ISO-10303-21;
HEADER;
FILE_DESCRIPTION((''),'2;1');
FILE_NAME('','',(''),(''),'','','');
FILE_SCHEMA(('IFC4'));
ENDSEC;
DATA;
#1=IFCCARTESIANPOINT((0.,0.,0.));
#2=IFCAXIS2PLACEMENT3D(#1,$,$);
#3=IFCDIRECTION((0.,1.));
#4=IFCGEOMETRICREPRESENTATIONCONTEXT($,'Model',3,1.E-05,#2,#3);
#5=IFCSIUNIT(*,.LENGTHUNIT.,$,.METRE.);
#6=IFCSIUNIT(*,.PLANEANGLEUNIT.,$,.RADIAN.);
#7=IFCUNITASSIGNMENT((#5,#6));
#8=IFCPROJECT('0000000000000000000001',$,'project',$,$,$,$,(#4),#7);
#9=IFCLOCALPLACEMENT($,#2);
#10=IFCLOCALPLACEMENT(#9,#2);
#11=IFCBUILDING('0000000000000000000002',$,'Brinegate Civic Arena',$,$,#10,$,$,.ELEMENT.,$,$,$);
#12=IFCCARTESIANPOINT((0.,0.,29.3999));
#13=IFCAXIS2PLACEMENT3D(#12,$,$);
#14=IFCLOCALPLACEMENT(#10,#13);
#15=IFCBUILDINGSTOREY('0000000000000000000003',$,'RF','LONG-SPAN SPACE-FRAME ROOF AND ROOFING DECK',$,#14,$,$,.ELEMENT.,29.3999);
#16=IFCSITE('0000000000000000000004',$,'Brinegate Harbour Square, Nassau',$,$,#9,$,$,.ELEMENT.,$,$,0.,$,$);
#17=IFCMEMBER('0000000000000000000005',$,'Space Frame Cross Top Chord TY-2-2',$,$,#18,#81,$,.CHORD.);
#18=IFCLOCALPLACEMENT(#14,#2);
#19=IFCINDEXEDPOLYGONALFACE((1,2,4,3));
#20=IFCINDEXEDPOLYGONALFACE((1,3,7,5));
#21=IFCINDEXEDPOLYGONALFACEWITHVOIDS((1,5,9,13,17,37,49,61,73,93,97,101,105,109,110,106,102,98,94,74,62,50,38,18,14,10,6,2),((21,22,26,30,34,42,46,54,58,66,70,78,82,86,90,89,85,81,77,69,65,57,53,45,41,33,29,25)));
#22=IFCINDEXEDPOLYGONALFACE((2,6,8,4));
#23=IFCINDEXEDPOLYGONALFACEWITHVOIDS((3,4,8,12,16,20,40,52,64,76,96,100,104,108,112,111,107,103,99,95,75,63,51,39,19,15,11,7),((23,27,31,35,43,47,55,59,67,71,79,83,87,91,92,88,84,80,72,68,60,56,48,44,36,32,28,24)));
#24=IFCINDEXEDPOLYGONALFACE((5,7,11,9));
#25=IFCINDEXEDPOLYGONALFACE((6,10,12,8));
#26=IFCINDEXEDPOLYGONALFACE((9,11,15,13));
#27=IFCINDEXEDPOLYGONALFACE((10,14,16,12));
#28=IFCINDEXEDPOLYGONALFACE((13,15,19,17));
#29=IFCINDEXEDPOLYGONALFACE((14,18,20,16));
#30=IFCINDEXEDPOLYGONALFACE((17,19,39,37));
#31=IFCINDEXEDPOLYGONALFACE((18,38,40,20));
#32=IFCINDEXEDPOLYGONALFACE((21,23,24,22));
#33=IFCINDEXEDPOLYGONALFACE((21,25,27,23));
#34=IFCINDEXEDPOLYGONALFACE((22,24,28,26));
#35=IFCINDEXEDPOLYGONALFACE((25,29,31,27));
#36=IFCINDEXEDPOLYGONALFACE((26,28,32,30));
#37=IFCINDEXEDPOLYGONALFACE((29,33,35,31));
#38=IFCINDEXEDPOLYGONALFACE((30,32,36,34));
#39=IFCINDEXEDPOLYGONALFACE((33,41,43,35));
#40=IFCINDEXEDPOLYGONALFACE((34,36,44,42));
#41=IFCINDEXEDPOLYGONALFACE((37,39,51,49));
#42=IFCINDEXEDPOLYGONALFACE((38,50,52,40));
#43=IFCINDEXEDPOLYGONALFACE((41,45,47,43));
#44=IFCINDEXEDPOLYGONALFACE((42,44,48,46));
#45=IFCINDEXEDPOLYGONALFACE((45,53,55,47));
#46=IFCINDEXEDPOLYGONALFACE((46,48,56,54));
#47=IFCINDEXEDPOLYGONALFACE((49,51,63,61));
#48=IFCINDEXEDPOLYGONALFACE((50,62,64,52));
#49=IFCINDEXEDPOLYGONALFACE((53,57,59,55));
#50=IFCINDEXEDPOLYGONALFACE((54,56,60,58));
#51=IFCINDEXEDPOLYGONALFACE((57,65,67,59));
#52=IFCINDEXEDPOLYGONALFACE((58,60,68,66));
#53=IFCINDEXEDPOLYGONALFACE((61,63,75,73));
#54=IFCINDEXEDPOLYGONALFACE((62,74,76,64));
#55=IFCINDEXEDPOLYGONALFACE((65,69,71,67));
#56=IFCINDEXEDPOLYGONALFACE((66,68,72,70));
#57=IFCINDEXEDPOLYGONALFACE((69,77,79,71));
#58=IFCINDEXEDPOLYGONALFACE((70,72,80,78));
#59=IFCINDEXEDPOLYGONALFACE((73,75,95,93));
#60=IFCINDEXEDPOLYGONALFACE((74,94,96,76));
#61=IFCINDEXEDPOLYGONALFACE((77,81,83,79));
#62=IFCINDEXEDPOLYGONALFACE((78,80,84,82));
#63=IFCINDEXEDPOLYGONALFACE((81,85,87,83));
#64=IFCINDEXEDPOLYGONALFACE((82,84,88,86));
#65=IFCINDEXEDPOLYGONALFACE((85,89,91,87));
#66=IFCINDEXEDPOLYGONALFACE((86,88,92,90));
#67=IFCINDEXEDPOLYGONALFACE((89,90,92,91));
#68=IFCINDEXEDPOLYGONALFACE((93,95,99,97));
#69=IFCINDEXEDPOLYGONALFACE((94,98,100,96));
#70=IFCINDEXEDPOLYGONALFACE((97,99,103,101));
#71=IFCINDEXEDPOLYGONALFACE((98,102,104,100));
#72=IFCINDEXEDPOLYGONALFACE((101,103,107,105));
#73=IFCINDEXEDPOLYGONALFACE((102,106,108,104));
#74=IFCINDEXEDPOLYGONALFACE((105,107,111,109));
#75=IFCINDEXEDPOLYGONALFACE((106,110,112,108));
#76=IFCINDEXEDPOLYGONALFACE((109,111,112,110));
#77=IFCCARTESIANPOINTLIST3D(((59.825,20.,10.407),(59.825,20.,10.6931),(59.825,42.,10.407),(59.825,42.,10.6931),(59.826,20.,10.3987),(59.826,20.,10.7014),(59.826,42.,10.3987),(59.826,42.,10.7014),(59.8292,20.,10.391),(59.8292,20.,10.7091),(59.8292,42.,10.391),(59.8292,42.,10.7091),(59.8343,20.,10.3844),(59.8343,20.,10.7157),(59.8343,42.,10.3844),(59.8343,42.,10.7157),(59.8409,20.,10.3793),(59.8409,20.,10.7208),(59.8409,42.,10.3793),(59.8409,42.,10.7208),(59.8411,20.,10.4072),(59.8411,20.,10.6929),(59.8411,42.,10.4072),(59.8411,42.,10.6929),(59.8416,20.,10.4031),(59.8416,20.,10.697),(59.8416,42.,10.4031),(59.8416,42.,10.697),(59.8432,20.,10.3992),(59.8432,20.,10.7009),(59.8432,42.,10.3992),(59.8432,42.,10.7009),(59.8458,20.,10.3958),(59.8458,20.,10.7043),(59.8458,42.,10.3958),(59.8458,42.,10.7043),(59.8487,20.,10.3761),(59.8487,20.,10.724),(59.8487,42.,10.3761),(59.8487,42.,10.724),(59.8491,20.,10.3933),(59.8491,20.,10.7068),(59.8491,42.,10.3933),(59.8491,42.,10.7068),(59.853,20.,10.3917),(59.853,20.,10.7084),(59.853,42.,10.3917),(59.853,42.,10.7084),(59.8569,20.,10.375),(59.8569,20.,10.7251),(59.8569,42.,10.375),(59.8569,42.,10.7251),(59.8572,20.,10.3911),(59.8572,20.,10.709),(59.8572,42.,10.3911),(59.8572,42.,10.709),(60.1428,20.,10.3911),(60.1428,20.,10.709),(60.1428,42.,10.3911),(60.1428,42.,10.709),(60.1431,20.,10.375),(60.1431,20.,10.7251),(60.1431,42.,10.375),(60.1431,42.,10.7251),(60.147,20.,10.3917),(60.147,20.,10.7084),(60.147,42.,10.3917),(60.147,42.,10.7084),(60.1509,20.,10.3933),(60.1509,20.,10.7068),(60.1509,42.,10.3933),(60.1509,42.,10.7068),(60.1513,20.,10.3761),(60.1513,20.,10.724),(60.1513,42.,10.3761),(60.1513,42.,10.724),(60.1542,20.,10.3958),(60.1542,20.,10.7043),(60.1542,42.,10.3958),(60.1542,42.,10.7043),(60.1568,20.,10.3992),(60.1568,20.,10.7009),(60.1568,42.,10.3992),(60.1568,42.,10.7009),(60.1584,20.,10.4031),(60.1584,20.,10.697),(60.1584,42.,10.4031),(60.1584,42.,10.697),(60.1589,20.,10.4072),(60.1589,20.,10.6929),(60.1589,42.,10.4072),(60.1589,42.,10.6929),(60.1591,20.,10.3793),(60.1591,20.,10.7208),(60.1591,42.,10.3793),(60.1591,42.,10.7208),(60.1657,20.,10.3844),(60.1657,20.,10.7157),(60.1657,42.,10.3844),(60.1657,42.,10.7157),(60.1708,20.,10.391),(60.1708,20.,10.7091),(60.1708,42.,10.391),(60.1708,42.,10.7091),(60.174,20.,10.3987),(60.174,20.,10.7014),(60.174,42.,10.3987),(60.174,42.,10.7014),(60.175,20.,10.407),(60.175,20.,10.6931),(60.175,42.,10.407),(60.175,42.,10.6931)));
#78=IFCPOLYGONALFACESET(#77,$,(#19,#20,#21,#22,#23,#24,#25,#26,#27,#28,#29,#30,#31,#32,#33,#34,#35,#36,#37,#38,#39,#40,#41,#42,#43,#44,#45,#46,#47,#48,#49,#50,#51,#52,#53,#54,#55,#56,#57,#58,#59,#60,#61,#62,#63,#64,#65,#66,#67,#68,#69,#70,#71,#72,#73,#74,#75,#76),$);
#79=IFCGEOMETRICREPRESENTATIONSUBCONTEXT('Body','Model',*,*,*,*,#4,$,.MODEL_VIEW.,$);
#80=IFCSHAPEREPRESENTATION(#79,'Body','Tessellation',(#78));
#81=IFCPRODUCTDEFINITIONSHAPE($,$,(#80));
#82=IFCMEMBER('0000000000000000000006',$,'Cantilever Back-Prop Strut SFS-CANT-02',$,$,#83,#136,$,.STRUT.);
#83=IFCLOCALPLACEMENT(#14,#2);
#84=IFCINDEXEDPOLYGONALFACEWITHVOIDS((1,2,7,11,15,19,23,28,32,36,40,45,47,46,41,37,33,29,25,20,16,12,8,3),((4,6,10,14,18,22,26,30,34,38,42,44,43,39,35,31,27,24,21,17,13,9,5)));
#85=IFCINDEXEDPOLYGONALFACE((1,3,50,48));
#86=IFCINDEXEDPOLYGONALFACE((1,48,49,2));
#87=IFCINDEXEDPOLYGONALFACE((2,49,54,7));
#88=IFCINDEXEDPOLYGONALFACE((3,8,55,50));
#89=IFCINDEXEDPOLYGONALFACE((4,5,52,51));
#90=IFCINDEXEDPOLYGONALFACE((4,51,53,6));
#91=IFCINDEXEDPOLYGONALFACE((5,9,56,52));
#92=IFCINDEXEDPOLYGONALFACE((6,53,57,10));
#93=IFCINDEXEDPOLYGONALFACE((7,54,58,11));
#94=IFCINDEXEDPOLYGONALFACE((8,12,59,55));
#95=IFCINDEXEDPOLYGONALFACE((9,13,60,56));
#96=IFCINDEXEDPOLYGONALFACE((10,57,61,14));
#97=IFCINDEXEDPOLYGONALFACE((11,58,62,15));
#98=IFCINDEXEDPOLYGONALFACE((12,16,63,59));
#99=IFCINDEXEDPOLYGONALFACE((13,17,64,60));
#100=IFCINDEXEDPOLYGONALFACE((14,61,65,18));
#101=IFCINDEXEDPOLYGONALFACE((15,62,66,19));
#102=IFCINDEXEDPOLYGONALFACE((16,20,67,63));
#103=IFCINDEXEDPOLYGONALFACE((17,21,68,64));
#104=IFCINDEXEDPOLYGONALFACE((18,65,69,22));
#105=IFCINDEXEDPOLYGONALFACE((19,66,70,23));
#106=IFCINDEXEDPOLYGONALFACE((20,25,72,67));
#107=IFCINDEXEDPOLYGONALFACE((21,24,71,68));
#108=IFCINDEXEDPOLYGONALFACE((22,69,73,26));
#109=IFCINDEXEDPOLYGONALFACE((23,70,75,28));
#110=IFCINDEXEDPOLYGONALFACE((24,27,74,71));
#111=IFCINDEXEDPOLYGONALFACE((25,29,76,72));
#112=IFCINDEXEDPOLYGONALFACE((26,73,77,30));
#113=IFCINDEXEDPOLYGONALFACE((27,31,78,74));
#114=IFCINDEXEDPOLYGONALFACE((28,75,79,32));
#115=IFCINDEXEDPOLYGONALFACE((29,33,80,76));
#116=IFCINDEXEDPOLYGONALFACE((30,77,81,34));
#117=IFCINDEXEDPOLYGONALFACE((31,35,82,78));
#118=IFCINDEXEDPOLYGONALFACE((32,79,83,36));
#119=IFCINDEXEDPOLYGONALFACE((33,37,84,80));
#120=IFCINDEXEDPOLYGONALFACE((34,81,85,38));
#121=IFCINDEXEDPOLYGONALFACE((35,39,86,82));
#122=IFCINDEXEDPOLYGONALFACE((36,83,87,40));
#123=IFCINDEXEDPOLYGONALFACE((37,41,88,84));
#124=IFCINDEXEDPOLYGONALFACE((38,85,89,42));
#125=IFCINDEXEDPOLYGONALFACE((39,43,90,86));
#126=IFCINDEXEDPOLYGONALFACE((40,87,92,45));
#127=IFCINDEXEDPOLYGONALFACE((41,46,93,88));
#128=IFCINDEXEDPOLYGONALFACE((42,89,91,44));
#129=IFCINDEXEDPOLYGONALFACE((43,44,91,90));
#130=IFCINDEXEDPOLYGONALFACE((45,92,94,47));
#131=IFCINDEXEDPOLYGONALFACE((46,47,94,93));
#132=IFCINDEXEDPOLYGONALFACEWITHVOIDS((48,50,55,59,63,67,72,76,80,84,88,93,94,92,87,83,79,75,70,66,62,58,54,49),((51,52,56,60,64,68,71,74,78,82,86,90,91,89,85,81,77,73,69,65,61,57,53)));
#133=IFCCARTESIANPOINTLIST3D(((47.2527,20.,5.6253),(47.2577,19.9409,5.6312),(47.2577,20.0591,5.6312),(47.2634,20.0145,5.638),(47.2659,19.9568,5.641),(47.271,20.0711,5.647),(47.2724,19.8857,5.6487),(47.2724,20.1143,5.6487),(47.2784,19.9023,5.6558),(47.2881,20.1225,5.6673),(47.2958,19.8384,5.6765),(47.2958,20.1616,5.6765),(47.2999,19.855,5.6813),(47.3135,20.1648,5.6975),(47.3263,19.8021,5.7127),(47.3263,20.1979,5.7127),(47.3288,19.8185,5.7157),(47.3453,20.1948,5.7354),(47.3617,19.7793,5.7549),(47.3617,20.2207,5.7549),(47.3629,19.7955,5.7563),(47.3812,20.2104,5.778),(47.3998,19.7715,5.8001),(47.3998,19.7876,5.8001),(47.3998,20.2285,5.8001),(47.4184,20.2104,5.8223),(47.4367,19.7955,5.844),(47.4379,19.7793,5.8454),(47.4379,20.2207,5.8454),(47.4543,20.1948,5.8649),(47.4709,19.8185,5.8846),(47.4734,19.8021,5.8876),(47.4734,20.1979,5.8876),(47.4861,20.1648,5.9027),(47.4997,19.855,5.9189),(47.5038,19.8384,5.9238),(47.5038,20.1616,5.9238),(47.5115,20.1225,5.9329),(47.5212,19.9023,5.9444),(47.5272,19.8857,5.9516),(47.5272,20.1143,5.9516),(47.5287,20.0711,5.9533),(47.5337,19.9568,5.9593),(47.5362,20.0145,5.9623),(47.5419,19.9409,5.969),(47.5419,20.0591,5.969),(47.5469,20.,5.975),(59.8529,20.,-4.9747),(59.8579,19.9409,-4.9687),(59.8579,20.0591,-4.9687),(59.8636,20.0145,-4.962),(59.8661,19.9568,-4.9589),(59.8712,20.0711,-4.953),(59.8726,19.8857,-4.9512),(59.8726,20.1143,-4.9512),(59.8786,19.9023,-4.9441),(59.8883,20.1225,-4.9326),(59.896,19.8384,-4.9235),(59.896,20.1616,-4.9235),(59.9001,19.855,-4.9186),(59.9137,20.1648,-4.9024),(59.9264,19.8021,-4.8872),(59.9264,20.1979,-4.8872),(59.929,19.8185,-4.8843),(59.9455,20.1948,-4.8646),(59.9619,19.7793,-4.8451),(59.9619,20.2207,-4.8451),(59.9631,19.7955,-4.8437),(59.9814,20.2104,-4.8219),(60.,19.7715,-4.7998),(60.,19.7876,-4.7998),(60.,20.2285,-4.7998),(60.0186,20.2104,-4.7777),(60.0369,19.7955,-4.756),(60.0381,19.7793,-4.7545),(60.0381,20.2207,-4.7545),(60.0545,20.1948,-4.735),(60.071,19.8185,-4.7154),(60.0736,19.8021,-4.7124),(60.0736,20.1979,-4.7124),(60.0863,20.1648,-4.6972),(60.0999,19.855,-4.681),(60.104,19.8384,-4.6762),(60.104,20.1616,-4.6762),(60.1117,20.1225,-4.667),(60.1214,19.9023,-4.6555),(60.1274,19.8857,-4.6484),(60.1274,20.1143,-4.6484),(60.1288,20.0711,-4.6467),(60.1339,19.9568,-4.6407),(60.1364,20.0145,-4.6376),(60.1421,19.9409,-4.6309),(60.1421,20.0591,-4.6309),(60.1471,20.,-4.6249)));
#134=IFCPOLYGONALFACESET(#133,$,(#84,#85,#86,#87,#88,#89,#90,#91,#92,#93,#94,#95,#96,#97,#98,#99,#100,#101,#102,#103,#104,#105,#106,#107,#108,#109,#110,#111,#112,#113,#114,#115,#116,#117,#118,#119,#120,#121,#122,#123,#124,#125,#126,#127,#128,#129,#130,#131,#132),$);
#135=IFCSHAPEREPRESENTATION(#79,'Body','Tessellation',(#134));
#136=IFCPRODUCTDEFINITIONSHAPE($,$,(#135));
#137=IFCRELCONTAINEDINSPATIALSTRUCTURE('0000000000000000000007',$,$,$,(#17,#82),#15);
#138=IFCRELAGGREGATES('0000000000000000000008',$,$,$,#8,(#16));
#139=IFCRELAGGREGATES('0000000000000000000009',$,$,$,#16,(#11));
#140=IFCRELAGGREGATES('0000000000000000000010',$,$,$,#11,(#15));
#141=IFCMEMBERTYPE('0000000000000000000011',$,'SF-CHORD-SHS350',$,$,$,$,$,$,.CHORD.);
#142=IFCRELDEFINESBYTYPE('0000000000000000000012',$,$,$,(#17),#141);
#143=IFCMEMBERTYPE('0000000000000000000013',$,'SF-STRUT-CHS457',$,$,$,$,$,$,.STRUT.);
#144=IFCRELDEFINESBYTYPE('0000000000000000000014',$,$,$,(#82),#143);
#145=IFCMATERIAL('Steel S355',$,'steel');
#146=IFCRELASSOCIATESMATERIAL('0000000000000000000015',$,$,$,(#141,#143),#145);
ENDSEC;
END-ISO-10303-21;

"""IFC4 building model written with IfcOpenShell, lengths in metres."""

from ifc_helpers import new_model, si_unit, direction, frame, origin, origin_2d, place, context, subcontext, project, spatial, hollow_rectangle, hollow_circle, extrude, material, material_profile, profile_set, type_object, element, save


model = new_model("IFC4")

# Units and contexts
model_context = context("Model", 3, precision=1e-05, world=origin(), true_north=direction((0.0, 1.0)))
body_context = subcontext(model_context, "Body", "Model", "MODEL_VIEW")
ifc_project = project(units=[si_unit("LENGTHUNIT", "METRE"), si_unit("PLANEANGLEUNIT", "RADIAN")], contexts=[model_context])

# Site, building, storey
site_placement = place(None, origin())
site = spatial("IfcSite", under=ifc_project, at=site_placement, Name="Brinegate Harbour Square, Nassau", CompositionType="ELEMENT", RefElevation=0.0)
building_placement = place(site_placement, origin())
building = spatial("IfcBuilding", under=site, at=building_placement, Name="Brinegate Civic Arena", CompositionType="ELEMENT")
storey_placement = place(building_placement, frame((0.0, 0.0, 29.3999)))
storey = spatial("IfcBuildingStorey", under=building, at=storey_placement, Name="RF", Description="LONG-SPAN SPACE-FRAME ROOF AND ROOFING DECK", CompositionType="ELEMENT", Elevation=29.3999)

# Shared definitions
ifc_material_1 = material(Name="Steel S355", Category="steel")

# Members
ifc_material_profile_1 = material_profile(ifc_material_1, hollow_rectangle(XDim=0.3501, YDim=0.3501, WallThickness=0.0161, InnerFilletRadius=0.0161, OuterFilletRadius=0.032, at=origin_2d()), Name="SHS350X16")
ifc_profile_set_1 = profile_set([ifc_material_profile_1], Name="Steel S355")
member_type_1 = type_object("IfcMemberType", Name="SF-CHORD-SHS350", PredefinedType="CHORD", material=ifc_profile_set_1)
member_1_placement = place(storey_placement, frame((60.0, 20.0, 10.55), z_axis=(0.0, 1.0, 0.0), x_axis=(-1.0, 0.0, 0.0)))
element("IfcMember", 1, at=member_1_placement, inside=storey, type_object=member_type_1, Name="Space Frame Cross Top Chord TY-2-2", PredefinedType="CHORD", context=body_context, shape_type="SweptSolid", body=[
    extrude(hollow_rectangle(XDim=0.3501, YDim=0.3501, WallThickness=0.0161, InnerFilletRadius=0.0161, OuterFilletRadius=0.032, at=origin_2d()), origin(), (0.0, 0.0, 1.0), 22.0),
])
ifc_material_profile_2 = material_profile(ifc_material_1, hollow_circle(Radius=0.2285, WallThickness=0.0161, at=origin_2d()), Name="CHS457X16")
ifc_profile_set_2 = profile_set([ifc_material_profile_2], Name="Steel S355")
member_type_2 = type_object("IfcMemberType", Name="SF-STRUT-CHS457", PredefinedType="STRUT", material=ifc_profile_set_2)
member_2_placement = place(storey_placement, frame((60.0, 20.0, -4.7998), z_axis=(-0.765233, 0.0, 0.643753), x_axis=(0.0, -1.0, 0.0)))
element("IfcMember", 2, at=member_2_placement, inside=storey, type_object=member_type_2, Name="Cantilever Back-Prop Strut SFS-CANT-02", PredefinedType="STRUT", context=body_context, shape_type="SweptSolid", body=[
    extrude(hollow_circle(Radius=0.2285, WallThickness=0.0161, at=origin_2d()), origin(), (0.0, 0.0, 1.0), 16.4658),
])

save(model, "model.ifc")
